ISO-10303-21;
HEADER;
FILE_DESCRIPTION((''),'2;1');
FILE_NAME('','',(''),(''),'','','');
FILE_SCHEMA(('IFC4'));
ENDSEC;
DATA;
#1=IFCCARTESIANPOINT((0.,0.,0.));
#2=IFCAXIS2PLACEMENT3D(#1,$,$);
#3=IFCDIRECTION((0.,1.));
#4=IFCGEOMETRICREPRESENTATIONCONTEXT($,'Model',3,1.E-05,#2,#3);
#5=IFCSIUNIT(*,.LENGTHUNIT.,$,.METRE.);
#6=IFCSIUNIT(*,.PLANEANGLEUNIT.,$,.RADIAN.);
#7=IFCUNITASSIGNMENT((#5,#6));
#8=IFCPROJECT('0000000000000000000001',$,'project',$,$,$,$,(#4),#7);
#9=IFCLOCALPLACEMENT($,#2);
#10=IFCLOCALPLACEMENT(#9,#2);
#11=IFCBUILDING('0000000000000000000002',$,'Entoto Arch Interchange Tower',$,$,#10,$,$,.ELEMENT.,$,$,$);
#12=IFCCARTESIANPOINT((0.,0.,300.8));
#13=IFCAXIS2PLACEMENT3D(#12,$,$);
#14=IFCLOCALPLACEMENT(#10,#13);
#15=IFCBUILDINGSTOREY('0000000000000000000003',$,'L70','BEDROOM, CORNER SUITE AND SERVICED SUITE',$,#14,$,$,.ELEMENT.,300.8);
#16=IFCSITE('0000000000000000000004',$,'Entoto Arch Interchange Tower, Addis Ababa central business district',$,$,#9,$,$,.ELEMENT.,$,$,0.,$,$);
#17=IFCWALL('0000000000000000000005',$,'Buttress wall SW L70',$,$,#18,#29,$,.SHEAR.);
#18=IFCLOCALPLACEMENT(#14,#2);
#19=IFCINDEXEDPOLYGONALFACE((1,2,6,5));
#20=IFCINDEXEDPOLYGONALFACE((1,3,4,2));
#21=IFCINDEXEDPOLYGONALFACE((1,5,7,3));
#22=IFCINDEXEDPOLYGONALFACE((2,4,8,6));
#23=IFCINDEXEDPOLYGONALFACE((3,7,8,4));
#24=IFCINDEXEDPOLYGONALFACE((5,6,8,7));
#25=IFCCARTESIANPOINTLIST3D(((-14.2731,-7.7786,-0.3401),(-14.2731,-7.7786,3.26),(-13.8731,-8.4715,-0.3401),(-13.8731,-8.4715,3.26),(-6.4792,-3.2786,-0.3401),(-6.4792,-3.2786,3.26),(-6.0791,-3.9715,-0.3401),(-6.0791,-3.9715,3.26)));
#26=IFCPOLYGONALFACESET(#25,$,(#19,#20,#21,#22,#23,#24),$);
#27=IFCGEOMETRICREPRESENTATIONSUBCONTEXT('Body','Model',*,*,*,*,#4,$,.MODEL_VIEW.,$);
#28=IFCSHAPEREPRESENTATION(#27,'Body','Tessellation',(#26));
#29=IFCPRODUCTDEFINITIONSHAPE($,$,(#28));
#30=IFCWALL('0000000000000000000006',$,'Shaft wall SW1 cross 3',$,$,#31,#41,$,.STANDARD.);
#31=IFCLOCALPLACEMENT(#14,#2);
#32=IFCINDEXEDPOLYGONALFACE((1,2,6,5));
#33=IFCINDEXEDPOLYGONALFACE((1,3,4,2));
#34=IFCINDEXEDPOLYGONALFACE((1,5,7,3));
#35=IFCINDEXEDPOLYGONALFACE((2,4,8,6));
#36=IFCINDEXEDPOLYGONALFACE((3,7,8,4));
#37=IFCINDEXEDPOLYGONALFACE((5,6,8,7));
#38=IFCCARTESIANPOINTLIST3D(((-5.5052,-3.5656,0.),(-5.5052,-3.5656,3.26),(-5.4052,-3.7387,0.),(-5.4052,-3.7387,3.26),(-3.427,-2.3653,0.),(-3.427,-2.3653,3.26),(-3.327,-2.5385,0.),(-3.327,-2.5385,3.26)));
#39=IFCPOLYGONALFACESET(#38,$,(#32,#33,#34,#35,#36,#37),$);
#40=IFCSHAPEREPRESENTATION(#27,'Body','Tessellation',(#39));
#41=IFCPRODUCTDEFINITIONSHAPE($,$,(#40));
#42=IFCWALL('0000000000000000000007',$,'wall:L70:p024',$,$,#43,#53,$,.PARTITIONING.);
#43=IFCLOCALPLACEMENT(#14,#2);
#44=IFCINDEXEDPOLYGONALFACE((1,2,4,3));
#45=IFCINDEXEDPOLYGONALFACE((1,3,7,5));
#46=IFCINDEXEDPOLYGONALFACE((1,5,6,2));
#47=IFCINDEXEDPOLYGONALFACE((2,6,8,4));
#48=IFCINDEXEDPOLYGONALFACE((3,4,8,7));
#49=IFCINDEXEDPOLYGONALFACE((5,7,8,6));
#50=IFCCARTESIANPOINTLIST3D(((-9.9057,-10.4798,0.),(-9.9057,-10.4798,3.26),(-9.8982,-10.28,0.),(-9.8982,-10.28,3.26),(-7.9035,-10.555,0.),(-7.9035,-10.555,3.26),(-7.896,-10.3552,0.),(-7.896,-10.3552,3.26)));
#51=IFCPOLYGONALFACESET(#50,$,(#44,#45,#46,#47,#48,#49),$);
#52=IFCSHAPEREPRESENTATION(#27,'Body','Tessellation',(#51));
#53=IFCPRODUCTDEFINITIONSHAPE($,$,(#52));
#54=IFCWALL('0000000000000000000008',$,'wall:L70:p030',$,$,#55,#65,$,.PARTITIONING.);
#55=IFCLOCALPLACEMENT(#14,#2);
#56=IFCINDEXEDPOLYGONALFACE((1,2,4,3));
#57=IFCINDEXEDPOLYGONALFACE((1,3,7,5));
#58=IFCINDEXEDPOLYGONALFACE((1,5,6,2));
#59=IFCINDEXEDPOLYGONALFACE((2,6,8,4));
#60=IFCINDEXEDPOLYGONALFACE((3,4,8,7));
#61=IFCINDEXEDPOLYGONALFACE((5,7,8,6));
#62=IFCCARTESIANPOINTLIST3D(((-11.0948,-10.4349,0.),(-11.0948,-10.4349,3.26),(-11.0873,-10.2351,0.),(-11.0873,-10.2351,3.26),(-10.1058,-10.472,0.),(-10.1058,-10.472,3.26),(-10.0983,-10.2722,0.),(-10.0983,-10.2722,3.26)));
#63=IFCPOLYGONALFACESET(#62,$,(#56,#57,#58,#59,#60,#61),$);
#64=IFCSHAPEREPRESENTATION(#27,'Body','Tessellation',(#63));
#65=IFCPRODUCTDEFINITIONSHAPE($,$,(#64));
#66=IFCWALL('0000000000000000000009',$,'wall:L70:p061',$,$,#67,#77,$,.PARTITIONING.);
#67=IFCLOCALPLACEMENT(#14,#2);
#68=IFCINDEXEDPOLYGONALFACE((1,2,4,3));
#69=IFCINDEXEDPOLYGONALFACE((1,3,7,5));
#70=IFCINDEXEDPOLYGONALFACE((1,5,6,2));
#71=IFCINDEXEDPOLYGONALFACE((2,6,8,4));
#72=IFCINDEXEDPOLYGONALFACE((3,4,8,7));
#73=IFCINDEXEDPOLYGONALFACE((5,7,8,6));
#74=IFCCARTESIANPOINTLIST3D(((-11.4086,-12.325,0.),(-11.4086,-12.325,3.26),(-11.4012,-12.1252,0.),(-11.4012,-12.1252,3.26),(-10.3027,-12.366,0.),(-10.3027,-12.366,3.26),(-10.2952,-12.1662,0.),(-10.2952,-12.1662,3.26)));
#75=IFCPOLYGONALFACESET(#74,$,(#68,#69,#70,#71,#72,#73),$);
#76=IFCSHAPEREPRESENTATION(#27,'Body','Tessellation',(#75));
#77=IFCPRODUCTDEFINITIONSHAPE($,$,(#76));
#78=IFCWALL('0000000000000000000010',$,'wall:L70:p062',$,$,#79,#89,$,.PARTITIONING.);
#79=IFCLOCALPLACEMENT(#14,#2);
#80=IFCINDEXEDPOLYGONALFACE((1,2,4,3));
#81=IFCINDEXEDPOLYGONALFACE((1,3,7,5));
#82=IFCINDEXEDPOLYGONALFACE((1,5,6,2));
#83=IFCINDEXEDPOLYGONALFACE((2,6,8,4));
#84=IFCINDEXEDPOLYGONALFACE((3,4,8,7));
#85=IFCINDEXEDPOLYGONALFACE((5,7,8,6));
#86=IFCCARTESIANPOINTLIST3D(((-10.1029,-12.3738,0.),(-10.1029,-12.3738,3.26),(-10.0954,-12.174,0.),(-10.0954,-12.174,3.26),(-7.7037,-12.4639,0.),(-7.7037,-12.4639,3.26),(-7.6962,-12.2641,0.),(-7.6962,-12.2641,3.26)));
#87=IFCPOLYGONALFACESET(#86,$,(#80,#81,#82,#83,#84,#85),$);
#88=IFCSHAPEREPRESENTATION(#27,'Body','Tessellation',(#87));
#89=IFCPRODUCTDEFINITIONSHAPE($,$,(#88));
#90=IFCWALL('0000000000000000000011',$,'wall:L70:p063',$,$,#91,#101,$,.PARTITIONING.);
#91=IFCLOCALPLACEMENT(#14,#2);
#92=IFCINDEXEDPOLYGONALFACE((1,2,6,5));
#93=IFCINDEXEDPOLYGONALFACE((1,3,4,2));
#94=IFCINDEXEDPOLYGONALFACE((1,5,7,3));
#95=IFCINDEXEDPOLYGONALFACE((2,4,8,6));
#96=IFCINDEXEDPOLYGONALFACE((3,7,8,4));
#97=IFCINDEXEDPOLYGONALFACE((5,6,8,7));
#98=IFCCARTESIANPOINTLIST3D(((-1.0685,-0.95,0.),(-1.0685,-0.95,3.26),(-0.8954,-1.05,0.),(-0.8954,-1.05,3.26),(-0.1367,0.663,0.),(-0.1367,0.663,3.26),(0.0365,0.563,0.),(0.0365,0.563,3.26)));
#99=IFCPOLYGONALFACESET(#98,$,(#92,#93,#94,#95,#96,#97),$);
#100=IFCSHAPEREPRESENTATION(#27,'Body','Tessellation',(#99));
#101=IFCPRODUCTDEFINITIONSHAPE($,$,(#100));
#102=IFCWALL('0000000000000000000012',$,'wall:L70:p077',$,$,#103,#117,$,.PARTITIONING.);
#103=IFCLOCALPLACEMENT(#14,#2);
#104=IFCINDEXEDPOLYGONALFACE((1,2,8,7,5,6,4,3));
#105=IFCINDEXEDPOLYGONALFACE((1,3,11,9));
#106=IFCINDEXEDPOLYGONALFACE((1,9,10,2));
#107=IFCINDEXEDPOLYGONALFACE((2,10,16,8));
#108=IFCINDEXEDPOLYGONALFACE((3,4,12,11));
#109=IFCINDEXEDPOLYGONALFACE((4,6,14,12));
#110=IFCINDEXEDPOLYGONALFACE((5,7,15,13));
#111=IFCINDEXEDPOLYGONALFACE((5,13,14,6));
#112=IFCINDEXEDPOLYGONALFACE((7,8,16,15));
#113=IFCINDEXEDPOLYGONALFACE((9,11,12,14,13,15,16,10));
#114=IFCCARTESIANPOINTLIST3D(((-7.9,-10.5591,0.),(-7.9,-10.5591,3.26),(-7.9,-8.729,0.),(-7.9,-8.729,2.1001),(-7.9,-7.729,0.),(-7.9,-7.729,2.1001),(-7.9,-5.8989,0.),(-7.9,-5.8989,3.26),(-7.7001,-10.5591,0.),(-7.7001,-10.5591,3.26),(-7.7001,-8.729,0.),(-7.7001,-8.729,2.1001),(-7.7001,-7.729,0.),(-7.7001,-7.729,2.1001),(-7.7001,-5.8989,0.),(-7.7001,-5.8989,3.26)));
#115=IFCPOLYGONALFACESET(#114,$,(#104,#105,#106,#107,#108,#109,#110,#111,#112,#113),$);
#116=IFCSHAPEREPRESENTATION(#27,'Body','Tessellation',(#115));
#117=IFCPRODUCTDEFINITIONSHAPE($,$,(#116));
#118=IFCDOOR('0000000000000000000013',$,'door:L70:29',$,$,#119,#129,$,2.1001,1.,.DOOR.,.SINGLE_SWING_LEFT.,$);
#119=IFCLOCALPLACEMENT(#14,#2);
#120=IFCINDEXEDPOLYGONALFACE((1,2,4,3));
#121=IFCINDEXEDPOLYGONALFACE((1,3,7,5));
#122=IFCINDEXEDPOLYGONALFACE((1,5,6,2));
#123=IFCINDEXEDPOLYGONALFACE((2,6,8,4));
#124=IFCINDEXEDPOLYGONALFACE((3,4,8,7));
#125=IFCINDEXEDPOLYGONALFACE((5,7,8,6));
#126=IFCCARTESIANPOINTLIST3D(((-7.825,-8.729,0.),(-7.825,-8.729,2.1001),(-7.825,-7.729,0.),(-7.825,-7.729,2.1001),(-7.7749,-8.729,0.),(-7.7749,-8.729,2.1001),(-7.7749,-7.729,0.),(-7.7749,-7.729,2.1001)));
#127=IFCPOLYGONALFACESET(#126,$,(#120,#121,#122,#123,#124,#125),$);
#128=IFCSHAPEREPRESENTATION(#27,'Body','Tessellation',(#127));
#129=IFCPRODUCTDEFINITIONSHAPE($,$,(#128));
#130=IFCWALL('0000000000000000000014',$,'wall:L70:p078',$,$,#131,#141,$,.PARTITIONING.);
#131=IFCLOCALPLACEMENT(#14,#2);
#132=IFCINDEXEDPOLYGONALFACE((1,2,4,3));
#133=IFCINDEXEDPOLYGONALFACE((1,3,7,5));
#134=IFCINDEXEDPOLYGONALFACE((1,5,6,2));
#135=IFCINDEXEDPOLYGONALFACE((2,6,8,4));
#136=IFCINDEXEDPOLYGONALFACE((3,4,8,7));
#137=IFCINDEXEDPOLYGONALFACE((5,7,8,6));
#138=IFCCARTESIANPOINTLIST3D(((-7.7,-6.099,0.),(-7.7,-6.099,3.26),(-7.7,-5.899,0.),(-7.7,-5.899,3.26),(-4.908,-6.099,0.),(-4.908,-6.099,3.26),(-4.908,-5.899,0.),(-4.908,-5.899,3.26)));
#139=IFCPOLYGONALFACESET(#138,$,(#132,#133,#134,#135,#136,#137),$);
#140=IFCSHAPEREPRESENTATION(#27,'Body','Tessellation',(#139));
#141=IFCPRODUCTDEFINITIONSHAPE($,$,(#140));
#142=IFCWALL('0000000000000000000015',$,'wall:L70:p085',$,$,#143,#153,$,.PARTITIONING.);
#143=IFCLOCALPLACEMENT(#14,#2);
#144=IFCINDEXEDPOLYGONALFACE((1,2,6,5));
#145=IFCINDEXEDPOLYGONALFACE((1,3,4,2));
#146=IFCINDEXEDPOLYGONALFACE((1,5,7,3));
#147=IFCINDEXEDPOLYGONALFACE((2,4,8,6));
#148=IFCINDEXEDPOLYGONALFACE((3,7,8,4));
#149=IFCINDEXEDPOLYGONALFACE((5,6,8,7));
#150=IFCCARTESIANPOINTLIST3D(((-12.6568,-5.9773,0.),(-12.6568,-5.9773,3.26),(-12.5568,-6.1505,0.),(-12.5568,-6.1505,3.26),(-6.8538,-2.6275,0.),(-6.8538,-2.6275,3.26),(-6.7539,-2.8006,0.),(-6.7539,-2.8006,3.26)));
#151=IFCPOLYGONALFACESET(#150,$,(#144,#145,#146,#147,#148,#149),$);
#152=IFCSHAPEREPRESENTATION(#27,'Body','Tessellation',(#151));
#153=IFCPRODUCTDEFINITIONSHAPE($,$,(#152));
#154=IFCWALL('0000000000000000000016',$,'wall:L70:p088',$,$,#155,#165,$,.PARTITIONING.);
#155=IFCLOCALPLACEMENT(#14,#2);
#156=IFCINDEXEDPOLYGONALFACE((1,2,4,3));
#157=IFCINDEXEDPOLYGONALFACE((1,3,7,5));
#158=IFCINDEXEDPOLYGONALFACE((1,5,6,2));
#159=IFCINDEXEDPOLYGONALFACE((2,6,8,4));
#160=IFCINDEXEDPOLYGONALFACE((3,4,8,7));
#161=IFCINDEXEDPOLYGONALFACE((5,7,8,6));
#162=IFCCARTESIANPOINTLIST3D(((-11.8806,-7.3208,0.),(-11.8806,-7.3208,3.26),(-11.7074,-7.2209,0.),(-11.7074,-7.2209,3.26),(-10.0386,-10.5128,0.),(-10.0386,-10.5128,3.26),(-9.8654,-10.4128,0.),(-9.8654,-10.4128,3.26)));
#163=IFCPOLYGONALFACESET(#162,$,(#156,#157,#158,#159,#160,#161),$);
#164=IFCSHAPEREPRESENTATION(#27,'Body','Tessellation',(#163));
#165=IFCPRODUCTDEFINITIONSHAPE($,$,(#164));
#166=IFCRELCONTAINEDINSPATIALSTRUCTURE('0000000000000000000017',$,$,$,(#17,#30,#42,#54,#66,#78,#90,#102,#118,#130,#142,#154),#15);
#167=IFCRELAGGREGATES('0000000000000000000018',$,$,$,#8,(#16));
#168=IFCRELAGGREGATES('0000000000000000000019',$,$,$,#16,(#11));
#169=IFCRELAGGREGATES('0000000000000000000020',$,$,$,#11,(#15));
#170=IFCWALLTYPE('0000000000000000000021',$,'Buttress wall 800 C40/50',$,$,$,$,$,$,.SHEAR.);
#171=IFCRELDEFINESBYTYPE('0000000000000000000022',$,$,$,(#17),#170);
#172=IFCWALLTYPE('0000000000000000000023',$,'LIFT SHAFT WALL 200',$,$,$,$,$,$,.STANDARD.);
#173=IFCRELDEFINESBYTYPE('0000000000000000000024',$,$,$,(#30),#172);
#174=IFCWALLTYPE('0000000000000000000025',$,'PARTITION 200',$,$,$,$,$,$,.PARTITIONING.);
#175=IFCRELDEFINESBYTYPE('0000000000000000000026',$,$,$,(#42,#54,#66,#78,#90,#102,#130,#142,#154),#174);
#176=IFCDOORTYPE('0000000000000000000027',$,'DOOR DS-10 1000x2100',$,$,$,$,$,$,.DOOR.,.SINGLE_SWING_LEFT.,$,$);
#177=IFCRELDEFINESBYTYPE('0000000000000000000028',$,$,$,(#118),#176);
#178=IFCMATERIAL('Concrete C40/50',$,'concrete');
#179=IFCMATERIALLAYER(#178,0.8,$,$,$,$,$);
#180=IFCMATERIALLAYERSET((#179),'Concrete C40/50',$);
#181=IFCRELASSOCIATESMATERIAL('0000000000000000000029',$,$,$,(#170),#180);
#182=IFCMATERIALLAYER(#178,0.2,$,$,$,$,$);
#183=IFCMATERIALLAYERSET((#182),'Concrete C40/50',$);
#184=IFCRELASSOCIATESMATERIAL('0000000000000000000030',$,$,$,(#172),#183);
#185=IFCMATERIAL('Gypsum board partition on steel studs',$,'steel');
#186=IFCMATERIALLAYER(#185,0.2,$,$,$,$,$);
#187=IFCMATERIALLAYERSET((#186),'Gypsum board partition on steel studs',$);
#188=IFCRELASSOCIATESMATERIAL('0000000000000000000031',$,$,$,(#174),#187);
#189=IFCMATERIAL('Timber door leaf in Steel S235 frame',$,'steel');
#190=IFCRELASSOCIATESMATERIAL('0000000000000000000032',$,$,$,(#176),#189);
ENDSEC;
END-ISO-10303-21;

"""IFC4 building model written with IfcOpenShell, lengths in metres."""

from ifc_helpers import new_model, si_unit, direction, frame, frame_2d, origin, place, context, subcontext, project, spatial, rectangle, extrude, material, layer, layer_set, type_object, element, fill, save


model = new_model("IFC4")

# Units and contexts
model_context = context("Model", 3, precision=1e-05, world=origin(), true_north=direction((0.0, 1.0)))
body_context = subcontext(model_context, "Body", "Model", "MODEL_VIEW")
ifc_project = project(units=[si_unit("LENGTHUNIT", "METRE"), si_unit("PLANEANGLEUNIT", "RADIAN")], contexts=[model_context])

# Site, building, storey
site_placement = place(None, origin())
site = spatial("IfcSite", under=ifc_project, at=site_placement, Name="Entoto Arch Interchange Tower, Addis Ababa central business district", CompositionType="ELEMENT", RefElevation=0.0)
building_placement = place(site_placement, origin())
building = spatial("IfcBuilding", under=site, at=building_placement, Name="Entoto Arch Interchange Tower", CompositionType="ELEMENT")
storey_placement = place(building_placement, frame((0.0, 0.0, 300.8)))
storey = spatial("IfcBuildingStorey", under=building, at=storey_placement, Name="L70", Description="BEDROOM, CORNER SUITE AND SERVICED SUITE", CompositionType="ELEMENT", Elevation=300.8)

# Walls
ifc_material_1 = material(Name="Concrete C40/50", Category="concrete")
ifc_layer_1 = layer(ifc_material_1, 0.8)
ifc_layer_set_1 = layer_set([ifc_layer_1], Name="Concrete C40/50")
wall_type_1 = type_object("IfcWallType", Name="Buttress wall 800 C40/50", PredefinedType="SHEAR", material=ifc_layer_set_1)
wall_1_placement = place(storey_placement, frame((-6.2791, -3.625, -0.3401), z_axis=(0.0, 0.0, 1.0), x_axis=(-0.866018, -0.500014, 0.0)))
element("IfcWall", 1, at=wall_1_placement, inside=storey, type_object=wall_type_1, Name="Buttress wall SW L70", PredefinedType="SHEAR", context=body_context, shape_type="SweptSolid", body=[
    extrude(rectangle(XDim=8.9998, YDim=0.8, at=frame_2d((4.5, 0.0))), origin(), (0.0, 0.0, 1.0), 3.6001),
])
ifc_layer_2 = layer(ifc_material_1, 0.2)
ifc_layer_set_2 = layer_set([ifc_layer_2], Name="Concrete C40/50")
wall_type_2 = type_object("IfcWallType", Name="LIFT SHAFT WALL 200", PredefinedType="STANDARD", material=ifc_layer_set_2)
wall_2_placement = place(storey_placement, frame((-3.377, -2.4519, 0.0), z_axis=(0.0, 0.0, 1.0), x_axis=(-0.865955, -0.500122, 0.0)))
element("IfcWall", 2, at=wall_2_placement, inside=storey, type_object=wall_type_2, Name="Shaft wall SW1 cross 3", PredefinedType="STANDARD", context=body_context, shape_type="SweptSolid", body=[
    extrude(rectangle(XDim=2.3999, YDim=0.2, at=frame_2d((1.2, 0.0))), origin(), (0.0, 0.0, 1.0), 3.26),
])
ifc_material_2 = material(Name="Gypsum board partition on steel studs", Category="steel")
ifc_layer_3 = layer(ifc_material_2, 0.2)
ifc_layer_set_3 = layer_set([ifc_layer_3], Name="Gypsum board partition on steel studs")
wall_type_3 = type_object("IfcWallType", Name="PARTITION 200", PredefinedType="PARTITIONING", material=ifc_layer_set_3)
wall_3_placement = place(storey_placement, frame((-9.9021, -10.3799, 0.0), z_axis=(0.0, 0.0, 1.0), x_axis=(0.999296, -0.03753, 0.0)))
element("IfcWall", 3, at=wall_3_placement, inside=storey, type_object=wall_type_3, Name="wall:L70:p024", PredefinedType="PARTITIONING", context=body_context, shape_type="SweptSolid", body=[
    extrude(rectangle(XDim=2.0037, YDim=0.2, at=frame_2d((1.002, 0.0))), origin(), (0.0, 0.0, 1.0), 3.26),
])
wall_4_placement = place(storey_placement, frame((-11.0911, -10.335, 0.0), z_axis=(0.0, 0.0, 1.0), x_axis=(0.999297, -0.037495, 0.0)))
element("IfcWall", 4, at=wall_4_placement, inside=storey, type_object=wall_type_3, Name="wall:L70:p030", PredefinedType="PARTITIONING", context=body_context, shape_type="SweptSolid", body=[
    extrude(rectangle(XDim=0.9897, YDim=0.2, at=frame_2d((0.4949, 0.0))), origin(), (0.0, 0.0, 1.0), 3.26),
])
wall_5_placement = place(storey_placement, frame((-10.2991, -12.2661, 0.0), z_axis=(0.0, 0.0, 1.0), x_axis=(-0.999313, 0.037061, 0.0)))
element("IfcWall", 5, at=wall_5_placement, inside=storey, type_object=wall_type_3, Name="wall:L70:p061", PredefinedType="PARTITIONING", context=body_context, shape_type="SweptSolid", body=[
    extrude(rectangle(XDim=1.1067, YDim=0.2, at=frame_2d((0.5532, 0.0))), origin(), (0.0, 0.0, 1.0), 3.26),
])
wall_6_placement = place(storey_placement, frame((-7.7, -12.364, 0.0), z_axis=(0.0, 0.0, 1.0), x_axis=(-0.999296, 0.037523, 0.0)))
element("IfcWall", 6, at=wall_6_placement, inside=storey, type_object=wall_type_3, Name="wall:L70:p062", PredefinedType="PARTITIONING", context=body_context, shape_type="SweptSolid", body=[
    extrude(rectangle(XDim=2.4009, YDim=0.2, at=frame_2d((1.2004, 0.0))), origin(), (0.0, 0.0, 1.0), 3.26),
])
wall_7_placement = place(storey_placement, frame((-0.9819, -1.0, 0.0), z_axis=(0.0, 0.0, 1.0), x_axis=(0.50024, 0.865887, 0.0)))
element("IfcWall", 7, at=wall_7_placement, inside=storey, type_object=wall_type_3, Name="wall:L70:p063", PredefinedType="PARTITIONING", context=body_context, shape_type="SweptSolid", body=[
    extrude(rectangle(XDim=1.8628, YDim=0.2, at=frame_2d((0.9314, 0.0))), origin(), (0.0, 0.0, 1.0), 3.26),
])

# Wall, opening, door
wall_8_placement = place(storey_placement, frame((-7.8, -10.5591, 0.0), z_axis=(0.0, 0.0, 1.0), x_axis=(0.0, 1.0, 0.0)))
wall_8 = element("IfcWall", 8, at=wall_8_placement, inside=storey, type_object=wall_type_3, Name="wall:L70:p077", PredefinedType="PARTITIONING", context=body_context, shape_type="SweptSolid", body=[
    extrude(rectangle(XDim=4.6602, YDim=0.2, at=frame_2d((2.3301, 0.0))), origin(), (0.0, 0.0, 1.0), 3.26),
])
opening_1_placement = place(wall_8_placement, frame((1.8301, 0.0, 0.0)))
opening_1 = element("IfcOpeningElement", 9, at=opening_1_placement, cuts=wall_8, PredefinedType="OPENING", context=body_context, shape_type="SweptSolid", body=[
    extrude(rectangle(XDim=1.0, YDim=2.1001, at=frame_2d((0.5, 1.05))), frame((0.0, 0.1099, 0.0), z_axis=(0.0, -1.0, 0.0), x_axis=(1.0, 0.0, 0.0)), (0.0, 0.0, 1.0), 0.22),
])
ifc_material_3 = material(Name="Timber door leaf in Steel S235 frame", Category="steel")
door_type_1 = type_object("IfcDoorType", Name="DOOR DS-10 1000x2100", OperationType="SINGLE_SWING_LEFT", PredefinedType="DOOR", material=ifc_material_3)
door_1_placement = place(opening_1_placement, origin())
door_1 = element("IfcDoor", 10, at=door_1_placement, inside=storey, type_object=door_type_1, Name="door:L70:29", OperationType="SINGLE_SWING_LEFT", OverallHeight=2.1001, OverallWidth=1.0, PredefinedType="DOOR", context=body_context, shape_type="SweptSolid", body=[
    extrude(rectangle(XDim=1.0, YDim=2.1001, at=frame_2d((0.5, 1.05))), frame((0.0, 0.0249, 0.0), z_axis=(0.0, -1.0, 0.0), x_axis=(1.0, 0.0, 0.0)), (0.0, 0.0, 1.0), 0.05),
])
fill(opening_1, door_1)

# Walls
wall_9_placement = place(storey_placement, frame((-7.7, -5.999, 0.0), z_axis=(0.0, 0.0, 1.0), x_axis=(1.0, 0.0, 0.0)))
element("IfcWall", 11, at=wall_9_placement, inside=storey, type_object=wall_type_3, Name="wall:L70:p078", PredefinedType="PARTITIONING", context=body_context, shape_type="SweptSolid", body=[
    extrude(rectangle(XDim=2.792, YDim=0.2, at=frame_2d((1.396, 0.0))), origin(), (0.0, 0.0, 1.0), 3.26),
])
wall_10_placement = place(storey_placement, frame((-6.804, -2.7141, 0.0), z_axis=(0.0, 0.0, 1.0), x_axis=(-0.866058, -0.499944, 0.0)))
element("IfcWall", 12, at=wall_10_placement, inside=storey, type_object=wall_type_3, Name="wall:L70:p085", PredefinedType="PARTITIONING", context=body_context, shape_type="SweptSolid", body=[
    extrude(rectangle(XDim=6.7004, YDim=0.2, at=frame_2d((3.3501, 0.0))), origin(), (0.0, 0.0, 1.0), 3.26),
])
wall_11_placement = place(storey_placement, frame((-9.9519, -10.4629, 0.0), z_axis=(0.0, 0.0, 1.0), x_axis=(-0.499837, 0.866119, 0.0)))
element("IfcWall", 13, at=wall_11_placement, inside=storey, type_object=wall_type_3, Name="wall:L70:p088", PredefinedType="PARTITIONING", context=body_context, shape_type="SweptSolid", body=[
    extrude(rectangle(XDim=3.6853, YDim=0.2, at=frame_2d((1.8428, 0.0))), origin(), (0.0, 0.0, 1.0), 3.26),
])

save(model, "model.ifc")
